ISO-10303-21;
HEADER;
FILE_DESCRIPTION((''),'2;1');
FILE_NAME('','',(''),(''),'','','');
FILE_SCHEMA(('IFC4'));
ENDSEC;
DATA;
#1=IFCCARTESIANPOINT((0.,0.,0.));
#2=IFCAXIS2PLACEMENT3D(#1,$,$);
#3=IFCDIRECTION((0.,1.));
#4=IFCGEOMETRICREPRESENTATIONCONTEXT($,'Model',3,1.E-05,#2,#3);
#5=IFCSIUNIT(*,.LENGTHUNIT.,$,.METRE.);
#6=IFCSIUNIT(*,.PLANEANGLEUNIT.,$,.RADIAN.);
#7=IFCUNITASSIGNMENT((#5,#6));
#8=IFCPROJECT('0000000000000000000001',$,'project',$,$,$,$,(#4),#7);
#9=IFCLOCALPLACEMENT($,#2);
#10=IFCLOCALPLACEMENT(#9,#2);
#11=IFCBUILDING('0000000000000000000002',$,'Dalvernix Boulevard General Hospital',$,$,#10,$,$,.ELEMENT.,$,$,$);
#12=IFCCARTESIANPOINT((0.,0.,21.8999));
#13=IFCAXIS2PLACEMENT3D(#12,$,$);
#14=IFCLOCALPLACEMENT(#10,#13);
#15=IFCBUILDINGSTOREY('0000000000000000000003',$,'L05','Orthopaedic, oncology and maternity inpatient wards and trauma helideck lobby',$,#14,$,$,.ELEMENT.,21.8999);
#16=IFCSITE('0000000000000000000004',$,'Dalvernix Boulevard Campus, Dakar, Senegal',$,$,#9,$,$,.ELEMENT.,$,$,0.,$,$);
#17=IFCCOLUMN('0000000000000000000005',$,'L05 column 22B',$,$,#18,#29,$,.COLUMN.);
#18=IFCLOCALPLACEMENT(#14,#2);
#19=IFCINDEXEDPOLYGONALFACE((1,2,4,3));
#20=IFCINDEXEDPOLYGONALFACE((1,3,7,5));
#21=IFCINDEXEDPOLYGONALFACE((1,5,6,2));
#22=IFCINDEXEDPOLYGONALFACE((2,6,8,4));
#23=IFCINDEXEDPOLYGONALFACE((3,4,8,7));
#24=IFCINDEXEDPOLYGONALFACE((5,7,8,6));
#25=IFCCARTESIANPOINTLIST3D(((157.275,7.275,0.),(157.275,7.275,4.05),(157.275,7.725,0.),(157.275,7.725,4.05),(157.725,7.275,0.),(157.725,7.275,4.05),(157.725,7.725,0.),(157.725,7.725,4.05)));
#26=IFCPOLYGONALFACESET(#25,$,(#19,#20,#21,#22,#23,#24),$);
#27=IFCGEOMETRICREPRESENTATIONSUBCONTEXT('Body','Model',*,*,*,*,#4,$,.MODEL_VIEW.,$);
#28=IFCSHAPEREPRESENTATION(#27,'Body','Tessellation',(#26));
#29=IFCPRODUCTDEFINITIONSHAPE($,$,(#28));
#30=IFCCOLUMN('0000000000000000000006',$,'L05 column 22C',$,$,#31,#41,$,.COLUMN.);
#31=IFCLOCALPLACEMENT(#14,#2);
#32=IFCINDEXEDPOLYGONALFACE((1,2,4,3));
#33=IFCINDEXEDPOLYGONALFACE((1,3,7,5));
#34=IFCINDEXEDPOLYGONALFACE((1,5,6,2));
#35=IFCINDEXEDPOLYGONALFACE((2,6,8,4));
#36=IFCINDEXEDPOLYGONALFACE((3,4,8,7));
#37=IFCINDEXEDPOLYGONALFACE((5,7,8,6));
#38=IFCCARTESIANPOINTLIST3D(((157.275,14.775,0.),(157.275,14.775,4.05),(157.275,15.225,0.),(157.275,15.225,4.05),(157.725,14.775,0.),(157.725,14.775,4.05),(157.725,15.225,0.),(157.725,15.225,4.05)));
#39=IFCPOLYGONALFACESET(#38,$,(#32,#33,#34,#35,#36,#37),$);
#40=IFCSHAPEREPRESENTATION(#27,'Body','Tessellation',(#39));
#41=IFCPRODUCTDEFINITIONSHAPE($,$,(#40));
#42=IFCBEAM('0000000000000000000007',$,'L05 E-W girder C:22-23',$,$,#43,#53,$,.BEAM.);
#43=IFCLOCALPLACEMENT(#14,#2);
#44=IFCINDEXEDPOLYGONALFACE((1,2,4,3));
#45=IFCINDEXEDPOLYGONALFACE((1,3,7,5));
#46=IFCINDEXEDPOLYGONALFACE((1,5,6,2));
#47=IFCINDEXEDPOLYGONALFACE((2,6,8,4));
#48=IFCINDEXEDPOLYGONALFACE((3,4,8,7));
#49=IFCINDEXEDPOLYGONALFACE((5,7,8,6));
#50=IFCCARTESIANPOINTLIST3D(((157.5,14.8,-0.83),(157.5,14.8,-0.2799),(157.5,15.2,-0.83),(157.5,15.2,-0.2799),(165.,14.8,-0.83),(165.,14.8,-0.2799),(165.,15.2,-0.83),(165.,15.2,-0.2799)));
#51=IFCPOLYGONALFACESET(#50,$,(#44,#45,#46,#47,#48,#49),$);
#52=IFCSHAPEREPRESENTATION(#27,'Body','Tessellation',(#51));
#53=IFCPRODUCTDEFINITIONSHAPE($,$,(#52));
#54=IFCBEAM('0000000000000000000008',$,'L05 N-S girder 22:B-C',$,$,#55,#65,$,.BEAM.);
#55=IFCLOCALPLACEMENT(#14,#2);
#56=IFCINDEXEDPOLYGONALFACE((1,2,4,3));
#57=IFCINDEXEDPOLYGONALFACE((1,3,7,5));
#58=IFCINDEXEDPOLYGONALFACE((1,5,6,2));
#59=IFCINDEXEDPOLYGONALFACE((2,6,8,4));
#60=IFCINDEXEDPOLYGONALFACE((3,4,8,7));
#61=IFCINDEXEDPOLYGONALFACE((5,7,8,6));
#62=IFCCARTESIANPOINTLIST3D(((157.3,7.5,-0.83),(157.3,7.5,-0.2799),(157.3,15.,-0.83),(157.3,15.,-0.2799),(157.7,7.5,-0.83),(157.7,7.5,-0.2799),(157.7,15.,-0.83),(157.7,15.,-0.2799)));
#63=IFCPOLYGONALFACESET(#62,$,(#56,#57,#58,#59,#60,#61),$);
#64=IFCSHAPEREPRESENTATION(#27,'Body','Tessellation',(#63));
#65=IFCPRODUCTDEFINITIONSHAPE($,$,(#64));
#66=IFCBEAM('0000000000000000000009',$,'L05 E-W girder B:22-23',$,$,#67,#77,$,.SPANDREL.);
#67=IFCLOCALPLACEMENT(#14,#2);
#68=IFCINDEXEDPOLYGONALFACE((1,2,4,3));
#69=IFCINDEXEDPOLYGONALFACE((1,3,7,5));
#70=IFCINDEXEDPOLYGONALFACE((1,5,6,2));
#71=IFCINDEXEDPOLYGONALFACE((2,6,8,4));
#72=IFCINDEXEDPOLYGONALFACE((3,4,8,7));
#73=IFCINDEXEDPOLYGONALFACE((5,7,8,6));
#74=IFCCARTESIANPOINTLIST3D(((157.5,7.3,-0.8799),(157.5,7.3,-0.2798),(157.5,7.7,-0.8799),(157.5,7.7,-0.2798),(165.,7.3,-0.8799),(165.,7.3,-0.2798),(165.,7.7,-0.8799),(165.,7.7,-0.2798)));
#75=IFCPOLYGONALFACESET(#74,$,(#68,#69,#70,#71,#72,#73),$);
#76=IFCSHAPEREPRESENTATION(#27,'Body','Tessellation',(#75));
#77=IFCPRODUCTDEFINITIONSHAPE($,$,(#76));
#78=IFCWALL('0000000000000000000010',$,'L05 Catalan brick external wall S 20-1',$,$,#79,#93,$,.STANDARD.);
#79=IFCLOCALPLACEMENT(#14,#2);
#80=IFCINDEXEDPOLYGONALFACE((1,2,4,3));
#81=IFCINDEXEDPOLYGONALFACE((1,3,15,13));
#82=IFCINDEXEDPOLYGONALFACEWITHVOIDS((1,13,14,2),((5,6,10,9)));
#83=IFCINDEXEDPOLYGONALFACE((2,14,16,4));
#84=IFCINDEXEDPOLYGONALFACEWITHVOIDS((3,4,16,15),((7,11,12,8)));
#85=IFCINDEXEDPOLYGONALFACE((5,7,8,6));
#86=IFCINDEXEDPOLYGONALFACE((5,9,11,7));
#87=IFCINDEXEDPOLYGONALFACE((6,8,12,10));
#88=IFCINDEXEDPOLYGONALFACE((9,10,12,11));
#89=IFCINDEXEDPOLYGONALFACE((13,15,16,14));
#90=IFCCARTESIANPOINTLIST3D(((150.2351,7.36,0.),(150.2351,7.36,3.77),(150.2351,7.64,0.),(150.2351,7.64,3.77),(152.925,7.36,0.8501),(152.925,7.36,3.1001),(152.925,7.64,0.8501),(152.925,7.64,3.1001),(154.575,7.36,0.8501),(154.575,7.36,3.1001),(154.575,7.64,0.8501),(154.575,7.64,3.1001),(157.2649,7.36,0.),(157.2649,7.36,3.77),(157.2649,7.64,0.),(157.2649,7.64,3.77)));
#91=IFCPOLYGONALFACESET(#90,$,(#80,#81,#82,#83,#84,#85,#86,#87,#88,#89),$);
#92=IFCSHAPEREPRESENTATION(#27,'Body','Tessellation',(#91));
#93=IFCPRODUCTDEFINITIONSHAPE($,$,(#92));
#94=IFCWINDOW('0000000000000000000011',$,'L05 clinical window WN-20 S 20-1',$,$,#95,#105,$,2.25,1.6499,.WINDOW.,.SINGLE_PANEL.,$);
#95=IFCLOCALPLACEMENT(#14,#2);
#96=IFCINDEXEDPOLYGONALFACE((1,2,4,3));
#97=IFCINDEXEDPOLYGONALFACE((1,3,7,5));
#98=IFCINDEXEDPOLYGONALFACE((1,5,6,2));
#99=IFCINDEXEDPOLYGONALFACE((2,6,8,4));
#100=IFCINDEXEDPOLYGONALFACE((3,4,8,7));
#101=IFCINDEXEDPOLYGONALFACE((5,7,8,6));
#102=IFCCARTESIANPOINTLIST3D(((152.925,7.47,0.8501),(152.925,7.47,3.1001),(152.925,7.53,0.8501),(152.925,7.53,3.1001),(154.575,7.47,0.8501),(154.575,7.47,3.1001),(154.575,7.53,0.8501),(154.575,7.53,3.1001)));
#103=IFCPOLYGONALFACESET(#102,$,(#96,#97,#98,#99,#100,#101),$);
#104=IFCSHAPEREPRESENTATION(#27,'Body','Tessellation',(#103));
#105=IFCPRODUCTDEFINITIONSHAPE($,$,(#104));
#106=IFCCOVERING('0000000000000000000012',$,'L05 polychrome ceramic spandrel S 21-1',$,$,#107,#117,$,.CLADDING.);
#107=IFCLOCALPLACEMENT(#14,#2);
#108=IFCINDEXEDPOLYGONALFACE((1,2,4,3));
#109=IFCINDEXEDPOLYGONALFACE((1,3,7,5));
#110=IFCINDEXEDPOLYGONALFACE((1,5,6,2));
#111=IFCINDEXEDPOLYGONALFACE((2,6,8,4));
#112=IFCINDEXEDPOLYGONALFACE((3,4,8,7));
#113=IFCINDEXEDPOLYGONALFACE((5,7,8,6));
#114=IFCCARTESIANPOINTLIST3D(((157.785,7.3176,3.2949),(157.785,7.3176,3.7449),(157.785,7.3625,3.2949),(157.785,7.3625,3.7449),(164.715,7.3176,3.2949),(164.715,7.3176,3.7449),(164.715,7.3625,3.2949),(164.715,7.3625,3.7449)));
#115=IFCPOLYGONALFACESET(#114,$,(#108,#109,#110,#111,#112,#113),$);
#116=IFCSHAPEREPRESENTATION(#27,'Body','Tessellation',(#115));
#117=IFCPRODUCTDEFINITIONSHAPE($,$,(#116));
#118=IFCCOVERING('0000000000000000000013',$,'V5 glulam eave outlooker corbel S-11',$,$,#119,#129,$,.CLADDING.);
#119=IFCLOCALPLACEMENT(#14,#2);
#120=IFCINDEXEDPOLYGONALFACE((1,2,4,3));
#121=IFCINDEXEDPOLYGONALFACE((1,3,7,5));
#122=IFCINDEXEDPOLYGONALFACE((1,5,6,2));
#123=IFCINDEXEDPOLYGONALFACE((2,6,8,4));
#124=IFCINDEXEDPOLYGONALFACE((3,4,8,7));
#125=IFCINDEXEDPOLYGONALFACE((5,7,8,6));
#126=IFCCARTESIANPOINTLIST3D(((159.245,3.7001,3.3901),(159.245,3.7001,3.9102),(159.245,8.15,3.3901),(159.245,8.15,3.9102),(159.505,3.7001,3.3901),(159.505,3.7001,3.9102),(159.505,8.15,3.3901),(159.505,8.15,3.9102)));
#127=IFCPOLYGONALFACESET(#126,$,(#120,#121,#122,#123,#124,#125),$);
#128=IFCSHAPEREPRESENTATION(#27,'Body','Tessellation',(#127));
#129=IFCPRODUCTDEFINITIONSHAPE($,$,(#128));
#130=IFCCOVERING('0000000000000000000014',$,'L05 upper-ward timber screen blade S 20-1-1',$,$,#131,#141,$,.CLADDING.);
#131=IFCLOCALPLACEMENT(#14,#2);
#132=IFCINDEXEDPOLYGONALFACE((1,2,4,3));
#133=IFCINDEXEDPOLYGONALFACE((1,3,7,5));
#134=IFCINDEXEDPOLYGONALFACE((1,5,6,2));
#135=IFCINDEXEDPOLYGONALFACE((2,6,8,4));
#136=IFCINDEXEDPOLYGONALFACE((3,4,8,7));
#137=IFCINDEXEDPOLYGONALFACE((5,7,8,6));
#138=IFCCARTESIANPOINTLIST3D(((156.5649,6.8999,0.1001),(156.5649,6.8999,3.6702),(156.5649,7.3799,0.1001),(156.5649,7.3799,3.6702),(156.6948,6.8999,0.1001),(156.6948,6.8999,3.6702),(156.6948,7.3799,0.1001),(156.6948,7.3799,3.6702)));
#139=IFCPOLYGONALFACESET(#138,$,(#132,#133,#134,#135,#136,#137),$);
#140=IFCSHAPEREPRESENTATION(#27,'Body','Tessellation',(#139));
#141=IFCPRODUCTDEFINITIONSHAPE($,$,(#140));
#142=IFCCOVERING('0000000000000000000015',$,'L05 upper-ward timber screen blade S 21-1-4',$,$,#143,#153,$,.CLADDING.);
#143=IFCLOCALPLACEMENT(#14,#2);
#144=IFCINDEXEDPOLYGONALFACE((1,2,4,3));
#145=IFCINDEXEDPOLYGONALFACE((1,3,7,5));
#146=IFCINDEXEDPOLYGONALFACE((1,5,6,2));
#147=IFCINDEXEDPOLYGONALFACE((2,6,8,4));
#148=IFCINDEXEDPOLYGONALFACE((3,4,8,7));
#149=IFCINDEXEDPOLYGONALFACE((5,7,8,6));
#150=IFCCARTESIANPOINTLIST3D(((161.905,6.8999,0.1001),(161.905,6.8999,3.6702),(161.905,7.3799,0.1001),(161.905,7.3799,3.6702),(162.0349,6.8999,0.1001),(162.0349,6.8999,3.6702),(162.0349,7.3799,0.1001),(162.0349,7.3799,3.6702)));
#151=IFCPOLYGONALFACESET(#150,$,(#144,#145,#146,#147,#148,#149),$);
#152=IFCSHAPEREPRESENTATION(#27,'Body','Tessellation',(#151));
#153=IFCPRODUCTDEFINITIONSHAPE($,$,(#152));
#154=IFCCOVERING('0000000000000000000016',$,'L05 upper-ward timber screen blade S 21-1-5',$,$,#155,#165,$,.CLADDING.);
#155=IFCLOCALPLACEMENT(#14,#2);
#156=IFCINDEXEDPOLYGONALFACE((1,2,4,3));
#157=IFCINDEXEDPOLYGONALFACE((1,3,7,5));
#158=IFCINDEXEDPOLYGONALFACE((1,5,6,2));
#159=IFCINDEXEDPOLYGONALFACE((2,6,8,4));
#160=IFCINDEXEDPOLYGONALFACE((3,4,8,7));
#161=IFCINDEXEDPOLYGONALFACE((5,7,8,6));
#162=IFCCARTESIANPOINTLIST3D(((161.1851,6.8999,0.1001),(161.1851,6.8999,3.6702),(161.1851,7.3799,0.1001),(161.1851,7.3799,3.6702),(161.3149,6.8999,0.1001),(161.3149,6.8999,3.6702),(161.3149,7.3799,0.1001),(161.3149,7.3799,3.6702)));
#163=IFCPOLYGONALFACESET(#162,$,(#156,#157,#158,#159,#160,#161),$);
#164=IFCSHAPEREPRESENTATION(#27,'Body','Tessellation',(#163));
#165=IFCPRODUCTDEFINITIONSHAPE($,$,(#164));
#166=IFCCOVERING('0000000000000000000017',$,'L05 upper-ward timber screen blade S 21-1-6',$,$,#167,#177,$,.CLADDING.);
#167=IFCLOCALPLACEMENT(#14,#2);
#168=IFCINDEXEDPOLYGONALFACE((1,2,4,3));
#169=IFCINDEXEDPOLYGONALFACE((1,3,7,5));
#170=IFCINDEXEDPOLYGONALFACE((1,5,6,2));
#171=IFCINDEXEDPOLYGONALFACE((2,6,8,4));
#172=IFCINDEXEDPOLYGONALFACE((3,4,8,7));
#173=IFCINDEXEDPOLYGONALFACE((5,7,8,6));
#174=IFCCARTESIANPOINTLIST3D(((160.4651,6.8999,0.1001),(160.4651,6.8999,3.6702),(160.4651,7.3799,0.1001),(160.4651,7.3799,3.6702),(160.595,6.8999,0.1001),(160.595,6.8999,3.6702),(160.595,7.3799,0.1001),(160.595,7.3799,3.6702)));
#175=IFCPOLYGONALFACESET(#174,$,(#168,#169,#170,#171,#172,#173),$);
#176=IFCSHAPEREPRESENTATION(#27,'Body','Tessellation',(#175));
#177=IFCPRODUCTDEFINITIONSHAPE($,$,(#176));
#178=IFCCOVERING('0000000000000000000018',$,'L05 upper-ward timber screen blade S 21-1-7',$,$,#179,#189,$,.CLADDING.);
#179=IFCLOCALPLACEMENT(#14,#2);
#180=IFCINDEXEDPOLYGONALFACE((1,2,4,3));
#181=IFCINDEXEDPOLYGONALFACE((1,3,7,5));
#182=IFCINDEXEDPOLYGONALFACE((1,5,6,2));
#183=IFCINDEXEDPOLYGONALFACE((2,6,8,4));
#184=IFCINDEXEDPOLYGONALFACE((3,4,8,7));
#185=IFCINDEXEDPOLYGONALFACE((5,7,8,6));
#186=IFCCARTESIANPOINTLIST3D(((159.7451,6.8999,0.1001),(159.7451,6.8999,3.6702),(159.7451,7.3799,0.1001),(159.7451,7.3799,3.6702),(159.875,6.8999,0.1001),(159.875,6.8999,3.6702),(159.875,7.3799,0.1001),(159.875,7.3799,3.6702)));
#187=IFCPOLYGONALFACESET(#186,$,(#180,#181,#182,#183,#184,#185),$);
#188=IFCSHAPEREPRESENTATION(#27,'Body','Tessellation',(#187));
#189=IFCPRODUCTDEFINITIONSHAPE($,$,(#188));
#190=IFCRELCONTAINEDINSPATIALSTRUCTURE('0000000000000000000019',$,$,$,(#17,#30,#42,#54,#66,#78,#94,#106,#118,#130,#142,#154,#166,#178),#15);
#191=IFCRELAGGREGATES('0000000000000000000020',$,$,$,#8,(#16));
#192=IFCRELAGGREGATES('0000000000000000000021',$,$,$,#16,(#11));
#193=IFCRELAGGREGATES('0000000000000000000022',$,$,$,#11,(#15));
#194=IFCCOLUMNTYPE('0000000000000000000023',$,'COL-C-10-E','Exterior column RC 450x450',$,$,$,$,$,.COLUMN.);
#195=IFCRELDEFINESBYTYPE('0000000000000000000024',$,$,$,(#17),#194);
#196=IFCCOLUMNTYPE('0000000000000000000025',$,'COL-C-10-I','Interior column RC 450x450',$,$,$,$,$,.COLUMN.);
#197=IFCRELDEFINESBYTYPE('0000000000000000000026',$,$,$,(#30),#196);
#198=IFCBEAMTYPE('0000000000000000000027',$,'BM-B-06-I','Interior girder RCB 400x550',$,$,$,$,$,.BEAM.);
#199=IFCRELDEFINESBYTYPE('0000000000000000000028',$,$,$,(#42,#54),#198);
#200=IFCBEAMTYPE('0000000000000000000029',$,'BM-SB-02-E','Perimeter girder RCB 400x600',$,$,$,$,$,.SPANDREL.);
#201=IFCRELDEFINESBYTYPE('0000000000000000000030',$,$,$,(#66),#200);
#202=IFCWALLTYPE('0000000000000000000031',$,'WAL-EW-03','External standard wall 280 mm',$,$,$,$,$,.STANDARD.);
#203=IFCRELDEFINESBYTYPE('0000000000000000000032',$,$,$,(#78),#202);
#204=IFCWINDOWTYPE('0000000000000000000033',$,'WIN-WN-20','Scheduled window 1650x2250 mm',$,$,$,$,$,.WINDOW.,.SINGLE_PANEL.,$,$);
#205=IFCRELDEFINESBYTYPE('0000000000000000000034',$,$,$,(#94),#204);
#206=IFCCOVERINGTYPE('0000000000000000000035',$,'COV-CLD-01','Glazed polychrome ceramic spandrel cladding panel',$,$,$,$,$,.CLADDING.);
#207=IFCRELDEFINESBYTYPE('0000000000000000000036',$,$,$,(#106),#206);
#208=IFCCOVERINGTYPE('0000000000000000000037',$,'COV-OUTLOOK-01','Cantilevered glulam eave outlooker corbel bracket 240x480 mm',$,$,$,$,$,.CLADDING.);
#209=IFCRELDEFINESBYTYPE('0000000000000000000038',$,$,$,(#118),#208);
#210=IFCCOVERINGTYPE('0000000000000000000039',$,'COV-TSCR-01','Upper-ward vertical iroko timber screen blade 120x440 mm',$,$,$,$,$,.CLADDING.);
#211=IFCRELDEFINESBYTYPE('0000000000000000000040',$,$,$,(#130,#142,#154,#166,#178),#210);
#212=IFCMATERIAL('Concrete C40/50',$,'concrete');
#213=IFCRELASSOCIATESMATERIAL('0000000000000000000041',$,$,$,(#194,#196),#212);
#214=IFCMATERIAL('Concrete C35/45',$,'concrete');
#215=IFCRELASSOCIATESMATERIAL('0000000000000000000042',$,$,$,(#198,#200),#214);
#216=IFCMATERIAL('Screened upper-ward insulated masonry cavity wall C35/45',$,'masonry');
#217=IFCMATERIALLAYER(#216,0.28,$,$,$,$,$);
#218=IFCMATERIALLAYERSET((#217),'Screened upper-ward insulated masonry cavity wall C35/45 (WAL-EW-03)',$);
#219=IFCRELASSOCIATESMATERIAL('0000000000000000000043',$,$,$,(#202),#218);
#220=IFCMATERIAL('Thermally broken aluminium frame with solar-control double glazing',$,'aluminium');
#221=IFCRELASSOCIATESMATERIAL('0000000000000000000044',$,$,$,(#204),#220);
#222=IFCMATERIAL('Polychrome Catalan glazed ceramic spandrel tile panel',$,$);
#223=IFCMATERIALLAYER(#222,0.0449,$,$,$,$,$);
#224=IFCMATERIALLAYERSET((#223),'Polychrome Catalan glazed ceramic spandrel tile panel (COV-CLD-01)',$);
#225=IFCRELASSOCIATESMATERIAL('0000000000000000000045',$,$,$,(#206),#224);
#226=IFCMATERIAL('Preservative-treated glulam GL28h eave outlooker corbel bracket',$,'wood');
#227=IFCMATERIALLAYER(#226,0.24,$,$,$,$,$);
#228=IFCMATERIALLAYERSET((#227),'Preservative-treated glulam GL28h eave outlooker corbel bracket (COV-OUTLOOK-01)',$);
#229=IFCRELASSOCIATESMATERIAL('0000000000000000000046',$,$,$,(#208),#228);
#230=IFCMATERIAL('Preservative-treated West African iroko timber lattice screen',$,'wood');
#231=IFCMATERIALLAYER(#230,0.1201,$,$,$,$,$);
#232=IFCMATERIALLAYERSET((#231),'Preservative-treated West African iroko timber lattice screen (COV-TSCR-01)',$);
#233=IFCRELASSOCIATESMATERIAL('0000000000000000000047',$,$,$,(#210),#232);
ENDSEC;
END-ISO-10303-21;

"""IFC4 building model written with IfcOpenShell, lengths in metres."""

from ifc_helpers import new_model, si_unit, direction, frame, frame_2d, origin, origin_2d, place, context, subcontext, project, spatial, rectangle, extrude, material, layer, layer_set, material_profile, profile_set, type_object, element, fill, save


model = new_model("IFC4")

# Units and contexts
model_context = context("Model", 3, precision=1e-05, world=origin(), true_north=direction((0.0, 1.0)))
body_context = subcontext(model_context, "Body", "Model", "MODEL_VIEW")
ifc_project = project(units=[si_unit("LENGTHUNIT", "METRE"), si_unit("PLANEANGLEUNIT", "RADIAN")], contexts=[model_context])

# Site, building, storey
site_placement = place(None, origin())
site = spatial("IfcSite", under=ifc_project, at=site_placement, Name="Dalvernix Boulevard Campus, Dakar, Senegal", CompositionType="ELEMENT", RefElevation=0.0)
building_placement = place(site_placement, origin())
building = spatial("IfcBuilding", under=site, at=building_placement, Name="Dalvernix Boulevard General Hospital", CompositionType="ELEMENT")
storey_placement = place(building_placement, frame((0.0, 0.0, 21.8999)))
storey = spatial("IfcBuildingStorey", under=building, at=storey_placement, Name="L05", Description="Orthopaedic, oncology and maternity inpatient wards and trauma helideck lobby", CompositionType="ELEMENT", Elevation=21.8999)

# Columns
ifc_material_1 = material(Name="Concrete C40/50", Category="concrete")
ifc_material_profile_1 = material_profile(ifc_material_1, rectangle(XDim=0.45, YDim=0.45, at=origin_2d()), Name="RC 450x450")
ifc_profile_set_1 = profile_set([ifc_material_profile_1], Name="Concrete C40/50")
column_type_1 = type_object("IfcColumnType", Name="COL-C-10-E", Description="Exterior column RC 450x450", PredefinedType="COLUMN", material=ifc_profile_set_1)
column_1_placement = place(storey_placement, frame((157.5, 7.5, 0.0), z_axis=(0.0, 0.0, 1.0), x_axis=(1.0, 0.0, 0.0)))
element("IfcColumn", 1, at=column_1_placement, inside=storey, type_object=column_type_1, Name="L05 column 22B", PredefinedType="COLUMN", context=body_context, shape_type="SweptSolid", body=[
    extrude(rectangle(XDim=0.45, YDim=0.45, at=origin_2d()), origin(), (0.0, 0.0, 1.0), 4.05),
])
ifc_material_profile_2 = material_profile(ifc_material_1, rectangle(XDim=0.45, YDim=0.45, at=origin_2d()), Name="RC 450x450")
ifc_profile_set_2 = profile_set([ifc_material_profile_2], Name="Concrete C40/50")
column_type_2 = type_object("IfcColumnType", Name="COL-C-10-I", Description="Interior column RC 450x450", PredefinedType="COLUMN", material=ifc_profile_set_2)
column_2_placement = place(storey_placement, frame((157.5, 15.0, 0.0), z_axis=(0.0, 0.0, 1.0), x_axis=(1.0, 0.0, 0.0)))
element("IfcColumn", 2, at=column_2_placement, inside=storey, type_object=column_type_2, Name="L05 column 22C", PredefinedType="COLUMN", context=body_context, shape_type="SweptSolid", body=[
    extrude(rectangle(XDim=0.45, YDim=0.45, at=origin_2d()), origin(), (0.0, 0.0, 1.0), 4.05),
])

# Beams
ifc_material_2 = material(Name="Concrete C35/45", Category="concrete")
ifc_material_profile_3 = material_profile(ifc_material_2, rectangle(XDim=0.3999, YDim=0.55, at=origin_2d()), Name="RCB 400x550")
ifc_profile_set_3 = profile_set([ifc_material_profile_3], Name="Concrete C35/45")
beam_type_1 = type_object("IfcBeamType", Name="BM-B-06-I", Description="Interior girder RCB 400x550", PredefinedType="BEAM", material=ifc_profile_set_3)
for number, where, z_axis, x_axis, name in (
    (3, (157.5, 15.0, -0.5549), (1.0, 0.0, 0.0), (0.0, 1.0, 0.0), "L05 E-W girder C:22-23"),
    (4, (157.5, 7.5, -0.5549), (0.0, 1.0, 0.0), (-1.0, 0.0, 0.0), "L05 N-S girder 22:B-C"),
):
    element("IfcBeam", number, at=place(storey_placement, frame(where, z_axis=z_axis, x_axis=x_axis)), inside=storey, type_object=beam_type_1, Name=name, PredefinedType="BEAM", context=body_context, shape_type="SweptSolid", body=[
        extrude(rectangle(XDim=0.3999, YDim=0.55, at=origin_2d()), origin(), (0.0, 0.0, 1.0), 7.5),
    ])
ifc_material_profile_4 = material_profile(ifc_material_2, rectangle(XDim=0.3999, YDim=0.6001, at=origin_2d()), Name="RCB 400x600")
ifc_profile_set_4 = profile_set([ifc_material_profile_4], Name="Concrete C35/45")
beam_type_2 = type_object("IfcBeamType", Name="BM-SB-02-E", Description="Perimeter girder RCB 400x600", PredefinedType="SPANDREL", material=ifc_profile_set_4)
beam_placement = place(storey_placement, frame((157.5, 7.5, -0.5798), z_axis=(1.0, 0.0, 0.0), x_axis=(0.0, 1.0, 0.0)))
element("IfcBeam", 5, at=beam_placement, inside=storey, type_object=beam_type_2, Name="L05 E-W girder B:22-23", PredefinedType="SPANDREL", context=body_context, shape_type="SweptSolid", body=[
    extrude(rectangle(XDim=0.3999, YDim=0.6001, at=origin_2d()), origin(), (0.0, 0.0, 1.0), 7.5),
])

# Wall, opening, window
ifc_material_3 = material(Name="Screened upper-ward insulated masonry cavity wall C35/45", Category="masonry")
ifc_layer_1 = layer(ifc_material_3, 0.28)
ifc_layer_set_1 = layer_set([ifc_layer_1], Name="Screened upper-ward insulated masonry cavity wall C35/45 (WAL-EW-03)")
wall_type = type_object("IfcWallType", Name="WAL-EW-03", Description="External standard wall 280 mm", PredefinedType="STANDARD", material=ifc_layer_set_1)
wall_placement = place(storey_placement, frame((157.2649, 7.5, 0.0), z_axis=(0.0, 0.0, 1.0), x_axis=(-1.0, 0.0, 0.0)))
wall = element("IfcWall", 6, at=wall_placement, inside=storey, type_object=wall_type, Name="L05 Catalan brick external wall S 20-1", PredefinedType="STANDARD", context=body_context, shape_type="SweptSolid", body=[
    extrude(rectangle(XDim=7.0298, YDim=0.28, at=frame_2d((3.5149, 0.0))), origin(), (0.0, 0.0, 1.0), 3.77),
])
opening_placement = place(wall_placement, frame((2.6899, 0.0, 0.8501)))
opening = element("IfcOpeningElement", 7, at=opening_placement, cuts=wall, PredefinedType="OPENING", context=body_context, shape_type="SweptSolid", body=[
    extrude(rectangle(XDim=1.6499, YDim=2.25, at=frame_2d((0.825, 1.125))), frame((0.0, 0.1499, 0.0), z_axis=(0.0, -1.0, 0.0), x_axis=(1.0, 0.0, 0.0)), (0.0, 0.0, 1.0), 0.3),
])
ifc_material_4 = material(Name="Thermally broken aluminium frame with solar-control double glazing", Category="aluminium")
window_type = type_object("IfcWindowType", Name="WIN-WN-20", Description="Scheduled window 1650x2250 mm", PartitioningType="SINGLE_PANEL", PredefinedType="WINDOW", material=ifc_material_4)
window_placement = place(opening_placement, origin())
window = element("IfcWindow", 8, at=window_placement, inside=storey, type_object=window_type, Name="L05 clinical window WN-20 S 20-1", OverallHeight=2.25, OverallWidth=1.6499, PartitioningType="SINGLE_PANEL", PredefinedType="WINDOW", context=body_context, shape_type="SweptSolid", body=[
    extrude(rectangle(XDim=1.6499, YDim=2.25, at=frame_2d((0.825, 1.125))), frame((0.0, 0.03, 0.0), z_axis=(0.0, -1.0, 0.0), x_axis=(1.0, 0.0, 0.0)), (0.0, 0.0, 1.0), 0.0601),
])
fill(opening, window)

# Coverings
ifc_material_5 = material(Name="Polychrome Catalan glazed ceramic spandrel tile panel")
ifc_layer_2 = layer(ifc_material_5, 0.0449)
ifc_layer_set_2 = layer_set([ifc_layer_2], Name="Polychrome Catalan glazed ceramic spandrel tile panel (COV-CLD-01)")
covering_type_1 = type_object("IfcCoveringType", Name="COV-CLD-01", Description="Glazed polychrome ceramic spandrel cladding panel", PredefinedType="CLADDING", material=ifc_layer_set_2)
covering_1_placement = place(storey_placement, frame((161.25, 7.3401, 3.2949), z_axis=(0.0, 0.0, 1.0), x_axis=(-1.0, 0.0, 0.0)))
element("IfcCovering", 9, at=covering_1_placement, inside=storey, type_object=covering_type_1, Name="L05 polychrome ceramic spandrel S 21-1", PredefinedType="CLADDING", context=body_context, shape_type="SweptSolid", body=[
    extrude(rectangle(XDim=6.9299, YDim=0.0449, at=origin_2d()), origin(), (0.0, 0.0, 1.0), 0.45),
])
ifc_material_6 = material(Name="Preservative-treated glulam GL28h eave outlooker corbel bracket", Category="wood")
ifc_layer_3 = layer(ifc_material_6, 0.24)
ifc_layer_set_3 = layer_set([ifc_layer_3], Name="Preservative-treated glulam GL28h eave outlooker corbel bracket (COV-OUTLOOK-01)")
covering_type_2 = type_object("IfcCoveringType", Name="COV-OUTLOOK-01", Description="Cantilevered glulam eave outlooker corbel bracket 240x480 mm", PredefinedType="CLADDING", material=ifc_layer_set_3)
covering_2_placement = place(storey_placement, frame((159.375, 5.925, 3.3901), z_axis=(0.0, 0.0, 1.0), x_axis=(1.0, 0.0, 0.0)))
element("IfcCovering", 10, at=covering_2_placement, inside=storey, type_object=covering_type_2, Name="V5 glulam eave outlooker corbel S-11", PredefinedType="CLADDING", context=body_context, shape_type="SweptSolid", body=[
    extrude(rectangle(XDim=0.26, YDim=4.45, at=origin_2d()), origin(), (0.0, 0.0, 1.0), 0.52),
])
ifc_material_7 = material(Name="Preservative-treated West African iroko timber lattice screen", Category="wood")
ifc_layer_4 = layer(ifc_material_7, 0.1201)
ifc_layer_set_4 = layer_set([ifc_layer_4], Name="Preservative-treated West African iroko timber lattice screen (COV-TSCR-01)")
covering_type_3 = type_object("IfcCoveringType", Name="COV-TSCR-01", Description="Upper-ward vertical iroko timber screen blade 120x440 mm", PredefinedType="CLADDING", material=ifc_layer_set_4)
for number, where, z_axis, x_axis, name in (
    (11, (156.6299, 7.1399, 0.1001), (0.0, 0.0, 1.0), (-1.0, 0.0, 0.0), "L05 upper-ward timber screen blade S 20-1-1"),
    (12, (161.97, 7.1399, 0.1001), (0.0, 0.0, 1.0), (-1.0, 0.0, 0.0), "L05 upper-ward timber screen blade S 21-1-4"),
    (13, (161.25, 7.1399, 0.1001), (0.0, 0.0, 1.0), (-1.0, 0.0, 0.0), "L05 upper-ward timber screen blade S 21-1-5"),
    (14, (160.53, 7.1399, 0.1001), (0.0, 0.0, 1.0), (-1.0, 0.0, 0.0), "L05 upper-ward timber screen blade S 21-1-6"),
    (15, (159.8101, 7.1399, 0.1001), (0.0, 0.0, 1.0), (-1.0, 0.0, 0.0), "L05 upper-ward timber screen blade S 21-1-7"),
):
    element("IfcCovering", number, at=place(storey_placement, frame(where, z_axis=z_axis, x_axis=x_axis)), inside=storey, type_object=covering_type_3, Name=name, PredefinedType="CLADDING", context=body_context, shape_type="SweptSolid", body=[
        extrude(rectangle(XDim=0.1299, YDim=0.48, at=origin_2d()), origin(), (0.0, 0.0, 1.0), 3.5701),
    ])

save(model, "model.ifc")
